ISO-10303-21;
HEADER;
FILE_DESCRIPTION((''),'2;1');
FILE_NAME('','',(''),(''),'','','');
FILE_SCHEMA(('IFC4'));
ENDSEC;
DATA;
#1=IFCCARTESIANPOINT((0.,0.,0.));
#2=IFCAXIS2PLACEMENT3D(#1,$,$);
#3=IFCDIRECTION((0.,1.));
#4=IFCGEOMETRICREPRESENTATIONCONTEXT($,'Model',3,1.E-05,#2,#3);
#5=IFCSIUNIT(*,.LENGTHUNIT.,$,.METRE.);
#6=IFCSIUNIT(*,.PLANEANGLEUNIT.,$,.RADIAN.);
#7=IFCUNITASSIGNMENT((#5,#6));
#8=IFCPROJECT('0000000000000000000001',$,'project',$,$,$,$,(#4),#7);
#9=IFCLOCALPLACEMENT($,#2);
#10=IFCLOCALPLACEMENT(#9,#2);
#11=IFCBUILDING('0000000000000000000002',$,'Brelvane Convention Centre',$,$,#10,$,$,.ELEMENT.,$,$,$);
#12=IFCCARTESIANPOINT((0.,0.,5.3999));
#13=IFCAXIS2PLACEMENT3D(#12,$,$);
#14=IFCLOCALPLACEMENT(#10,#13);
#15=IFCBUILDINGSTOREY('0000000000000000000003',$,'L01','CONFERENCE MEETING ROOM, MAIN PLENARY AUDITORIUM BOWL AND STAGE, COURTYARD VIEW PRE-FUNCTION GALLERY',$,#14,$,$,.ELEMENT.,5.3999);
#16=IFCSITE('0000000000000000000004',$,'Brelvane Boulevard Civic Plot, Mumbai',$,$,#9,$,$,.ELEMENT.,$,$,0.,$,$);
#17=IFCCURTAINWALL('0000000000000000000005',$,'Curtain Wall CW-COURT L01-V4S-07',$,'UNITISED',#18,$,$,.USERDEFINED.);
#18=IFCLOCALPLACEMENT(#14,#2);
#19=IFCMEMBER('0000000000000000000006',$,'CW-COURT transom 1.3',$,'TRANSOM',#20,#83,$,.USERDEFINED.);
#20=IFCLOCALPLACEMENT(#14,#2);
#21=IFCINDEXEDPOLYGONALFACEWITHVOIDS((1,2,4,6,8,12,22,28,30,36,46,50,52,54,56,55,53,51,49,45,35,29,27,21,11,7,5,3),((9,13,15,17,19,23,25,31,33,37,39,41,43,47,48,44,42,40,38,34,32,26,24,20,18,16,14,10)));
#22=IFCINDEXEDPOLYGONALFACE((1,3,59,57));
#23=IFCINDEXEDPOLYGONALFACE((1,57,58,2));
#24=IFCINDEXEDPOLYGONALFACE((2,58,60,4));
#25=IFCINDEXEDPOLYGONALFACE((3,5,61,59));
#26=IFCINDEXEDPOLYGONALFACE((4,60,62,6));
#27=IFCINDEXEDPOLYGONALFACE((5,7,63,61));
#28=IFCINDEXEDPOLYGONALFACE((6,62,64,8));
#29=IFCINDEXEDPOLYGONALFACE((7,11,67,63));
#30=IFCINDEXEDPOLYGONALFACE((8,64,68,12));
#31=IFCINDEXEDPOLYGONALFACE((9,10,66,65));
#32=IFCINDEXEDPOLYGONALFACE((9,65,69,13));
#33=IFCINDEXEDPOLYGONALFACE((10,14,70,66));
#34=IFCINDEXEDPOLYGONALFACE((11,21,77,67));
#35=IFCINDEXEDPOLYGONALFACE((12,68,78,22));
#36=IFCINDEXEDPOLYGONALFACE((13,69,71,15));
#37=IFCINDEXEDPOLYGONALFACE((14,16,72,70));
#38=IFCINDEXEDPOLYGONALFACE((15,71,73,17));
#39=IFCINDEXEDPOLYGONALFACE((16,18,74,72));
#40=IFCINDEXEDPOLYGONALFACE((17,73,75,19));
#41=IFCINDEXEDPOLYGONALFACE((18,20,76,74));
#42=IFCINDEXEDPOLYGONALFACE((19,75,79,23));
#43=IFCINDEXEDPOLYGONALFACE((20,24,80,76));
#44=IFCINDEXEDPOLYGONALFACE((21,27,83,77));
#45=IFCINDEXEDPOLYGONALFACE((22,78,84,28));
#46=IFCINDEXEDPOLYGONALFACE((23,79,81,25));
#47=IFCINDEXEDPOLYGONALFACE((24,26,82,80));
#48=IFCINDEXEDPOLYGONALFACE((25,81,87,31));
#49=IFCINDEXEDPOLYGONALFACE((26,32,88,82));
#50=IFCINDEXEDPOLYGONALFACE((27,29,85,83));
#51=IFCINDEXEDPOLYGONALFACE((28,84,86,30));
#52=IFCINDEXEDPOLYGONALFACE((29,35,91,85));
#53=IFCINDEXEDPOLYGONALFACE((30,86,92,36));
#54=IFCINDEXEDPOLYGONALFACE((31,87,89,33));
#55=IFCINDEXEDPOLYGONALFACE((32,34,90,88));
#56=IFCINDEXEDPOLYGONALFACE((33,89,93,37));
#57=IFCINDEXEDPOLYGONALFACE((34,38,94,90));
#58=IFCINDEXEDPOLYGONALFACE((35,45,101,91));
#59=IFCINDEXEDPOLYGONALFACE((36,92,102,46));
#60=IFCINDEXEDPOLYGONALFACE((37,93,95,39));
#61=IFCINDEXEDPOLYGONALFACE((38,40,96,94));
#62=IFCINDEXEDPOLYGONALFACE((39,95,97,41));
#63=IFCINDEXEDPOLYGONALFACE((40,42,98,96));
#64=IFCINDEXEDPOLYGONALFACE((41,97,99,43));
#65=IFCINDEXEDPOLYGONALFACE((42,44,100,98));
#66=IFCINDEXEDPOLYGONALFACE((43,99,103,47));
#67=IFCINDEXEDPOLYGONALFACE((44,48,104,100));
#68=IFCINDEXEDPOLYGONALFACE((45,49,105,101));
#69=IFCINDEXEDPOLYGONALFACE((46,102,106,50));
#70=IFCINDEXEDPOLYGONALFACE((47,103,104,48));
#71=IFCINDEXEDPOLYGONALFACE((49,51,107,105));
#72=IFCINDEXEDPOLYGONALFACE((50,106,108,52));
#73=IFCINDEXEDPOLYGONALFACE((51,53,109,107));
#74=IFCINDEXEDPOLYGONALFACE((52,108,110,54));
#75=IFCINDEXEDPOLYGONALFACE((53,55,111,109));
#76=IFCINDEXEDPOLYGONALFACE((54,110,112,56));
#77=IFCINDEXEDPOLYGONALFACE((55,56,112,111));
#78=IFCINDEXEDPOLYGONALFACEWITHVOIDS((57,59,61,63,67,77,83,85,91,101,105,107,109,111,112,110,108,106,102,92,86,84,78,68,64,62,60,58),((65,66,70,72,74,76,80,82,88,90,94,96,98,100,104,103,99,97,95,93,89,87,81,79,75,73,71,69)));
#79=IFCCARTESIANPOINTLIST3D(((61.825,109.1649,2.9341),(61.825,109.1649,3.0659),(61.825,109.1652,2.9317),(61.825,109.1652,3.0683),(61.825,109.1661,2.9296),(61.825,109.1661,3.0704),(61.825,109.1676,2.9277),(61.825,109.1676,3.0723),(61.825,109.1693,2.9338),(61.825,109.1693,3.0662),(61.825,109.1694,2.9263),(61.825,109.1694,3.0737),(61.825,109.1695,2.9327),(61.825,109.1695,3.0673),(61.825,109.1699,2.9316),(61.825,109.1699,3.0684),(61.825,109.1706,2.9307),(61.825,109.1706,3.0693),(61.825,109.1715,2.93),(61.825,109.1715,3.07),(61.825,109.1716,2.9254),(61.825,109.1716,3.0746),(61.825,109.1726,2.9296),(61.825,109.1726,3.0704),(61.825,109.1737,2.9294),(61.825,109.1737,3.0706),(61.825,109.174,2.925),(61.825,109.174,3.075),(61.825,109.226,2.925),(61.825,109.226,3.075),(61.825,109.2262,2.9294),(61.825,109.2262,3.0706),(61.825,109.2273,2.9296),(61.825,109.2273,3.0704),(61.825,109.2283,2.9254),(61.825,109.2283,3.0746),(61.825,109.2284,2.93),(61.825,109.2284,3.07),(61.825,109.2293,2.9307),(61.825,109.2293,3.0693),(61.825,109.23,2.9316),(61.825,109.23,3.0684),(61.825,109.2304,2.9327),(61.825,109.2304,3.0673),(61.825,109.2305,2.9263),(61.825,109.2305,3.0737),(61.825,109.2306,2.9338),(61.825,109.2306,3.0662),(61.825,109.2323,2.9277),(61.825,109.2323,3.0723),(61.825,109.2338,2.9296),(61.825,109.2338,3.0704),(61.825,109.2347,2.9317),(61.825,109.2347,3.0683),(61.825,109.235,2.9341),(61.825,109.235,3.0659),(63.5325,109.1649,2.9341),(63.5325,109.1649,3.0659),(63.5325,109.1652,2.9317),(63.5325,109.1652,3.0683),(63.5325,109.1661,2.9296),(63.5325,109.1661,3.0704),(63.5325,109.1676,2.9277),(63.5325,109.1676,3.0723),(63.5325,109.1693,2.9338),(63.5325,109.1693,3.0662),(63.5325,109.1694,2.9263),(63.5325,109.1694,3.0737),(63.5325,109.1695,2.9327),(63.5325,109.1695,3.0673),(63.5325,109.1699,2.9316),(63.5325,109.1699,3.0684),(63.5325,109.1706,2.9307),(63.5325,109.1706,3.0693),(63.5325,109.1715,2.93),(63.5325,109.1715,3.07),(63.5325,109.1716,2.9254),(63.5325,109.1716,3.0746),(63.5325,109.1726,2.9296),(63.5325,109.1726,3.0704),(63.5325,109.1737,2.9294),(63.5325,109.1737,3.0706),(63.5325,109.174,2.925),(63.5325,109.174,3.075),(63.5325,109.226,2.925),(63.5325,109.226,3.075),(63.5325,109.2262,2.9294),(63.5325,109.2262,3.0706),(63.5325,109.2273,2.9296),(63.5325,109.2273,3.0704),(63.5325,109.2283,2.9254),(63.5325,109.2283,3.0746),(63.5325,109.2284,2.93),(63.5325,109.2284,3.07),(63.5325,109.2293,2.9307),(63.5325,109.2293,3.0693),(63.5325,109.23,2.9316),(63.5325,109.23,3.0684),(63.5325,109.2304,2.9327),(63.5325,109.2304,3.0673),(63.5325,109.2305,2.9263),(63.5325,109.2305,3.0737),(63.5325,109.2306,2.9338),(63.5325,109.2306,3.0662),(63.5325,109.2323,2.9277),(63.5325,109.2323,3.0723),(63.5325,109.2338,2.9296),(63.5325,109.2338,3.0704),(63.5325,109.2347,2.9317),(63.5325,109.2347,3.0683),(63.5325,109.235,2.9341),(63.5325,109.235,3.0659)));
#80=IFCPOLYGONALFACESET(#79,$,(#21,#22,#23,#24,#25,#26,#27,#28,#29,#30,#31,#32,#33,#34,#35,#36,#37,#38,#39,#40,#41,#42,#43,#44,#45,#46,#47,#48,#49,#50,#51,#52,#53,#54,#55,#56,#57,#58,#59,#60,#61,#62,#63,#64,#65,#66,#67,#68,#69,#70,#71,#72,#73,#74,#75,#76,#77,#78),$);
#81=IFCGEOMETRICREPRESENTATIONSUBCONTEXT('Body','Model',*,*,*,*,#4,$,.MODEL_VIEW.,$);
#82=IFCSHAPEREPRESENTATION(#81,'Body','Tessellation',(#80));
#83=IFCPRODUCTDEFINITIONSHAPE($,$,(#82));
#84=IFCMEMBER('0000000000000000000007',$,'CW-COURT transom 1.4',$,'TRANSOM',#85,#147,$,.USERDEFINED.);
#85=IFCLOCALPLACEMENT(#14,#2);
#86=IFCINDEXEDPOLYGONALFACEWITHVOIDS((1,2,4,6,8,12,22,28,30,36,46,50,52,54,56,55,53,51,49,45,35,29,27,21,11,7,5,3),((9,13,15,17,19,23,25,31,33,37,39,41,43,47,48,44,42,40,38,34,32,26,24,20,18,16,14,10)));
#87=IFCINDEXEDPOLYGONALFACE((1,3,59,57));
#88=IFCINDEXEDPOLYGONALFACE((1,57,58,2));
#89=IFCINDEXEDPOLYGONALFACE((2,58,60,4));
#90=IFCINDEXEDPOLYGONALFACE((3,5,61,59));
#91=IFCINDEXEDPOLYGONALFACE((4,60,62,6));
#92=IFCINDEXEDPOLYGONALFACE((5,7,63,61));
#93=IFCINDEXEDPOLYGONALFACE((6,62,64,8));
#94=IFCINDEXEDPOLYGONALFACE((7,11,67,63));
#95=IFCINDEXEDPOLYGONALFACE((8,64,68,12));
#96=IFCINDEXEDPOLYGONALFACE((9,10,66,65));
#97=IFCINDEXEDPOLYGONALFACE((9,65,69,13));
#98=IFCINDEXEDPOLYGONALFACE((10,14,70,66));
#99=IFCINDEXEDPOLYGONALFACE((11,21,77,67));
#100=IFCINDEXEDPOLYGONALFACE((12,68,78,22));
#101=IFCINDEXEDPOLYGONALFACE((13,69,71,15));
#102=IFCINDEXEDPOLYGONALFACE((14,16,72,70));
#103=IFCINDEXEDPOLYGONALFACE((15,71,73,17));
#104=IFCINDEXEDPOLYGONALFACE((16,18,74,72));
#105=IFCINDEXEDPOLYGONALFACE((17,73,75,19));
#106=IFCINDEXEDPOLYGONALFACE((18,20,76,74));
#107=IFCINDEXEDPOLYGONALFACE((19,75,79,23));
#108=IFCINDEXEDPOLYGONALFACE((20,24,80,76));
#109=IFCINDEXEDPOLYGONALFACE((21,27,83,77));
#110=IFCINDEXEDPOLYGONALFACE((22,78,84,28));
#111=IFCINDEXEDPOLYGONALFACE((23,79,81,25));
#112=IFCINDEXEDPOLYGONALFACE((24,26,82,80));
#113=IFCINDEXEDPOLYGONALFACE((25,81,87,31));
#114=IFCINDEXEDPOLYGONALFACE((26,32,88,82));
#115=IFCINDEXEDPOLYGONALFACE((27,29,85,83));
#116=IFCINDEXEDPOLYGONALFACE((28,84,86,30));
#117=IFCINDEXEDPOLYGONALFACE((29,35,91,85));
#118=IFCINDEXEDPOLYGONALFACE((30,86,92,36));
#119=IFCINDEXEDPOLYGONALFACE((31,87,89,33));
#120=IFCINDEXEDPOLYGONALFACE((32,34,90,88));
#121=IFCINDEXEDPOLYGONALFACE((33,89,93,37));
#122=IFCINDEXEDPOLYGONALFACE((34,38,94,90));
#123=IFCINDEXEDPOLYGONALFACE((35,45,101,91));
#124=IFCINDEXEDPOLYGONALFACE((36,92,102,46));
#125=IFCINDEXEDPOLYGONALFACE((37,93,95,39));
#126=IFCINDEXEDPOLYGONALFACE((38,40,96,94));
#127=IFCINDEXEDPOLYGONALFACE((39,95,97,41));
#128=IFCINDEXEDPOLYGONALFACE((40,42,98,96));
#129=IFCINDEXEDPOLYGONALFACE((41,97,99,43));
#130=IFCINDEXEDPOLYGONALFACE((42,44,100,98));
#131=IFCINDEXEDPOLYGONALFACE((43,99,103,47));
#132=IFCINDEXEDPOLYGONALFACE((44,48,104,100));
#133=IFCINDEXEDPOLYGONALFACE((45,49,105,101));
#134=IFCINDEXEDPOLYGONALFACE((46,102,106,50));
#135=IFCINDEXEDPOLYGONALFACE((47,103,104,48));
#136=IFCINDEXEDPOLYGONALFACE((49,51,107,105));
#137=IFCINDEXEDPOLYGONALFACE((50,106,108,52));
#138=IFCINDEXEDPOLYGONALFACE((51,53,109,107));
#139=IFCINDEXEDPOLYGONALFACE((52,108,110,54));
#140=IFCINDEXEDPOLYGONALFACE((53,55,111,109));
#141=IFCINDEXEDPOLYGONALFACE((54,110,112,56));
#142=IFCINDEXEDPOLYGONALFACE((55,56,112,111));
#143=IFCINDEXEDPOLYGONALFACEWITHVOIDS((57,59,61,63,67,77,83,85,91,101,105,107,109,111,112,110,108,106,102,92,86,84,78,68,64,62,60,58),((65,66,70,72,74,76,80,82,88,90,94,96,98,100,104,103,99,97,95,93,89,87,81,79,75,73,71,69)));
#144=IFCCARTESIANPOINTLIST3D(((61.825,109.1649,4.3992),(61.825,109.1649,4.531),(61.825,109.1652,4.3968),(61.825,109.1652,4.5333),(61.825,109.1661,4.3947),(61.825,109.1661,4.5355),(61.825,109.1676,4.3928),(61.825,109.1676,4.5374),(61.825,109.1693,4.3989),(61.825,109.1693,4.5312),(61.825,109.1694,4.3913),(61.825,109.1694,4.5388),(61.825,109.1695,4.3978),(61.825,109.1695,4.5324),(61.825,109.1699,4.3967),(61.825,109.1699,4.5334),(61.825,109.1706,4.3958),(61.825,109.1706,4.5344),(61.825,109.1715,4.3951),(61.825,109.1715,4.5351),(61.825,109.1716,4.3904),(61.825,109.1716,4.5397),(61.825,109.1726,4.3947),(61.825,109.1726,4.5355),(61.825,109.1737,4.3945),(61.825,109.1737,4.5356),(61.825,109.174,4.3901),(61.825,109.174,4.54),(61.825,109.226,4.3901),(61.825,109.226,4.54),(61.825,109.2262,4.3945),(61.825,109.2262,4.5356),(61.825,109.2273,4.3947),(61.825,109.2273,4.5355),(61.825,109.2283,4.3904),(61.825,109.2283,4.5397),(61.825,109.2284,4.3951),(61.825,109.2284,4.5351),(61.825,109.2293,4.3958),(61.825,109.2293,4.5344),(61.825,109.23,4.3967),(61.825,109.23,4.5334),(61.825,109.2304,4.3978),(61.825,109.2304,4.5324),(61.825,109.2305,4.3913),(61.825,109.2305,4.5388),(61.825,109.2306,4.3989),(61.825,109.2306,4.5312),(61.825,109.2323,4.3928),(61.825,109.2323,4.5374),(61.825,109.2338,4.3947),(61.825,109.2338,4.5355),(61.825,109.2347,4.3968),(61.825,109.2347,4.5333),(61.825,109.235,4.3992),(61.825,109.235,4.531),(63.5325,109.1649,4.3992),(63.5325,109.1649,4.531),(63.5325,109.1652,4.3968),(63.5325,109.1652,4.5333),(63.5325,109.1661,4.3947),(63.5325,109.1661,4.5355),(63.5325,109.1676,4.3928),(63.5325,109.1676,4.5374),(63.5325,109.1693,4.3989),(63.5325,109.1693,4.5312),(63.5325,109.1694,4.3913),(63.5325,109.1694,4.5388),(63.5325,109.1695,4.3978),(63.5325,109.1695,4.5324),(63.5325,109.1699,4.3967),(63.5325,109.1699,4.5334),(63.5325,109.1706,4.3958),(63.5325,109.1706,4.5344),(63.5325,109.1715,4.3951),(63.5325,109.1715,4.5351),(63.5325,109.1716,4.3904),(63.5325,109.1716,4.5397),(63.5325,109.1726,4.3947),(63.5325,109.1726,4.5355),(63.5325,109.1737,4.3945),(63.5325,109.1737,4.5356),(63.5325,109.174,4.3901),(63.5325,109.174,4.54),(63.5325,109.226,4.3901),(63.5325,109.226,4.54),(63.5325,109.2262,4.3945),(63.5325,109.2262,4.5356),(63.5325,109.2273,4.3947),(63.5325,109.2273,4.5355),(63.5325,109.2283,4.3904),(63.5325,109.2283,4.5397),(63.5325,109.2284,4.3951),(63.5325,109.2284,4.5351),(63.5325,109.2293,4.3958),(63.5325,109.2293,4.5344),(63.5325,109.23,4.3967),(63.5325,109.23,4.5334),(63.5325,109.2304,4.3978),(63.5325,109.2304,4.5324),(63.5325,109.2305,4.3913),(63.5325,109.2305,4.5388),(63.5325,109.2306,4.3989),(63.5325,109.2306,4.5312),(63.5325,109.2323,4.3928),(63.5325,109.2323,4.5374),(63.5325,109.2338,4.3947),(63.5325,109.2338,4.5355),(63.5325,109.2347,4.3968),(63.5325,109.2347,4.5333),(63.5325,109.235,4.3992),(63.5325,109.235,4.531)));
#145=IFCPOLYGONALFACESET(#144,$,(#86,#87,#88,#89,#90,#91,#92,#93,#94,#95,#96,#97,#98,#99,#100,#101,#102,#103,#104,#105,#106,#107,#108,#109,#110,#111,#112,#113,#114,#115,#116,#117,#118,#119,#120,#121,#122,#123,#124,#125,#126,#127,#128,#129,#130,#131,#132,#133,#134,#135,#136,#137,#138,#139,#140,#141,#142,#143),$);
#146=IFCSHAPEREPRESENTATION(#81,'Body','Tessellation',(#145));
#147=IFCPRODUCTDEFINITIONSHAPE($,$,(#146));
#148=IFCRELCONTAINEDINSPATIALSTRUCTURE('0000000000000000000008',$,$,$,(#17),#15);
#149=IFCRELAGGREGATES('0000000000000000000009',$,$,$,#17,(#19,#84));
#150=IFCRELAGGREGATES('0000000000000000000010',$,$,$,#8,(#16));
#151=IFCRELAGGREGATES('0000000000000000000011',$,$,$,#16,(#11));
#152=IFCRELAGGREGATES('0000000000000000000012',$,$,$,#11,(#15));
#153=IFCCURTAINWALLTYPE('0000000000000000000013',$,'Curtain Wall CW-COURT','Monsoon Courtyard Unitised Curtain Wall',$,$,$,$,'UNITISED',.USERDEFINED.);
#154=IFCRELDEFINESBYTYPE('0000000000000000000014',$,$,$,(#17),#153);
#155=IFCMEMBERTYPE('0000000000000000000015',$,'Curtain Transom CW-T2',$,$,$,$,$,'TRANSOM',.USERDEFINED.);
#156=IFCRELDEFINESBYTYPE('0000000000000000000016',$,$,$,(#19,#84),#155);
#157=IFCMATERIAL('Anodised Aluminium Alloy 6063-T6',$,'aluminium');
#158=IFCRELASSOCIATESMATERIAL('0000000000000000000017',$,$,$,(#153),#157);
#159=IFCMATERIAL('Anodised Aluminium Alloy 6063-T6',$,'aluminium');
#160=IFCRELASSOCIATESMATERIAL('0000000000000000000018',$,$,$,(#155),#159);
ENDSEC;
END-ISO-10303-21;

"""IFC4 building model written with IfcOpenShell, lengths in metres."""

from ifc_helpers import new_model, si_unit, direction, frame, origin, origin_2d, place, context, subcontext, project, spatial, hollow_rectangle, extrude, material, material_profile, profile_set, type_object, element, aggregate, save


model = new_model("IFC4")

# Units and contexts
model_context = context("Model", 3, precision=1e-05, world=origin(), true_north=direction((0.0, 1.0)))
body_context = subcontext(model_context, "Body", "Model", "MODEL_VIEW")
ifc_project = project(units=[si_unit("LENGTHUNIT", "METRE"), si_unit("PLANEANGLEUNIT", "RADIAN")], contexts=[model_context])

# Site, building, storey
site_placement = place(None, origin())
site = spatial("IfcSite", under=ifc_project, at=site_placement, Name="Brelvane Boulevard Civic Plot, Mumbai", CompositionType="ELEMENT", RefElevation=0.0)
building_placement = place(site_placement, origin())
building = spatial("IfcBuilding", under=site, at=building_placement, Name="Brelvane Convention Centre", CompositionType="ELEMENT")
storey_placement = place(building_placement, frame((0.0, 0.0, 5.3999)))
storey = spatial("IfcBuildingStorey", under=building, at=storey_placement, Name="L01", Description="CONFERENCE MEETING ROOM, MAIN PLENARY AUDITORIUM BOWL AND STAGE, COURTYARD VIEW PRE-FUNCTION GALLERY", CompositionType="ELEMENT", Elevation=5.3999)

# Curtain wall, members
ifc_material_1 = material(Name="Anodised Aluminium Alloy 6063-T6", Category="aluminium")
curtain_wall_type = type_object("IfcCurtainWallType", Name="Curtain Wall CW-COURT", Description="Monsoon Courtyard Unitised Curtain Wall", ElementType="UNITISED", PredefinedType="USERDEFINED", material=ifc_material_1)
curtain_wall_placement = place(storey_placement, origin())
curtain_wall = element("IfcCurtainWall", 1, at=curtain_wall_placement, inside=storey, type_object=curtain_wall_type, Name="Curtain Wall CW-COURT L01-V4S-07", ObjectType="UNITISED", PredefinedType="USERDEFINED")
ifc_material_2 = material(Name="Anodised Aluminium Alloy 6063-T6", Category="aluminium")
ifc_material_profile_1 = material_profile(ifc_material_2, hollow_rectangle(XDim=0.0701, YDim=0.1499, WallThickness=0.0044, InnerFilletRadius=0.0044, OuterFilletRadius=0.009, at=origin_2d()), Name="ALU-T 150x70x4.5")
ifc_profile_set_1 = profile_set([ifc_material_profile_1], Name="Anodised Aluminium Alloy 6063-T6")
member_type_1 = type_object("IfcMemberType", Name="Curtain Transom CW-T2", ElementType="TRANSOM", PredefinedType="USERDEFINED", material=ifc_profile_set_1)
member_1_placement = place(storey_placement, frame((61.825, 109.2, 3.0), z_axis=(1.0, 0.0, 0.0), x_axis=(0.0, 1.0, 0.0)))
member_1 = element("IfcMember", 2, at=member_1_placement, type_object=member_type_1, Name="CW-COURT transom 1.3", ObjectType="TRANSOM", PredefinedType="USERDEFINED", context=body_context, shape_type="SweptSolid", body=[
    extrude(hollow_rectangle(XDim=0.0701, YDim=0.1499, WallThickness=0.0044, InnerFilletRadius=0.0044, OuterFilletRadius=0.009, at=origin_2d()), origin(), (0.0, 0.0, 1.0), 1.7075),
])
member_2_placement = place(storey_placement, frame((61.825, 109.2, 4.4651), z_axis=(1.0, 0.0, 0.0), x_axis=(0.0, 1.0, 0.0)))
member_2 = element("IfcMember", 3, at=member_2_placement, type_object=member_type_1, Name="CW-COURT transom 1.4", ObjectType="TRANSOM", PredefinedType="USERDEFINED", context=body_context, shape_type="SweptSolid", body=[
    extrude(hollow_rectangle(XDim=0.0701, YDim=0.1499, WallThickness=0.0044, InnerFilletRadius=0.0044, OuterFilletRadius=0.009, at=origin_2d()), origin(), (0.0, 0.0, 1.0), 1.7075),
])
aggregate(curtain_wall, [member_1, member_2])

save(model, "model.ifc")
